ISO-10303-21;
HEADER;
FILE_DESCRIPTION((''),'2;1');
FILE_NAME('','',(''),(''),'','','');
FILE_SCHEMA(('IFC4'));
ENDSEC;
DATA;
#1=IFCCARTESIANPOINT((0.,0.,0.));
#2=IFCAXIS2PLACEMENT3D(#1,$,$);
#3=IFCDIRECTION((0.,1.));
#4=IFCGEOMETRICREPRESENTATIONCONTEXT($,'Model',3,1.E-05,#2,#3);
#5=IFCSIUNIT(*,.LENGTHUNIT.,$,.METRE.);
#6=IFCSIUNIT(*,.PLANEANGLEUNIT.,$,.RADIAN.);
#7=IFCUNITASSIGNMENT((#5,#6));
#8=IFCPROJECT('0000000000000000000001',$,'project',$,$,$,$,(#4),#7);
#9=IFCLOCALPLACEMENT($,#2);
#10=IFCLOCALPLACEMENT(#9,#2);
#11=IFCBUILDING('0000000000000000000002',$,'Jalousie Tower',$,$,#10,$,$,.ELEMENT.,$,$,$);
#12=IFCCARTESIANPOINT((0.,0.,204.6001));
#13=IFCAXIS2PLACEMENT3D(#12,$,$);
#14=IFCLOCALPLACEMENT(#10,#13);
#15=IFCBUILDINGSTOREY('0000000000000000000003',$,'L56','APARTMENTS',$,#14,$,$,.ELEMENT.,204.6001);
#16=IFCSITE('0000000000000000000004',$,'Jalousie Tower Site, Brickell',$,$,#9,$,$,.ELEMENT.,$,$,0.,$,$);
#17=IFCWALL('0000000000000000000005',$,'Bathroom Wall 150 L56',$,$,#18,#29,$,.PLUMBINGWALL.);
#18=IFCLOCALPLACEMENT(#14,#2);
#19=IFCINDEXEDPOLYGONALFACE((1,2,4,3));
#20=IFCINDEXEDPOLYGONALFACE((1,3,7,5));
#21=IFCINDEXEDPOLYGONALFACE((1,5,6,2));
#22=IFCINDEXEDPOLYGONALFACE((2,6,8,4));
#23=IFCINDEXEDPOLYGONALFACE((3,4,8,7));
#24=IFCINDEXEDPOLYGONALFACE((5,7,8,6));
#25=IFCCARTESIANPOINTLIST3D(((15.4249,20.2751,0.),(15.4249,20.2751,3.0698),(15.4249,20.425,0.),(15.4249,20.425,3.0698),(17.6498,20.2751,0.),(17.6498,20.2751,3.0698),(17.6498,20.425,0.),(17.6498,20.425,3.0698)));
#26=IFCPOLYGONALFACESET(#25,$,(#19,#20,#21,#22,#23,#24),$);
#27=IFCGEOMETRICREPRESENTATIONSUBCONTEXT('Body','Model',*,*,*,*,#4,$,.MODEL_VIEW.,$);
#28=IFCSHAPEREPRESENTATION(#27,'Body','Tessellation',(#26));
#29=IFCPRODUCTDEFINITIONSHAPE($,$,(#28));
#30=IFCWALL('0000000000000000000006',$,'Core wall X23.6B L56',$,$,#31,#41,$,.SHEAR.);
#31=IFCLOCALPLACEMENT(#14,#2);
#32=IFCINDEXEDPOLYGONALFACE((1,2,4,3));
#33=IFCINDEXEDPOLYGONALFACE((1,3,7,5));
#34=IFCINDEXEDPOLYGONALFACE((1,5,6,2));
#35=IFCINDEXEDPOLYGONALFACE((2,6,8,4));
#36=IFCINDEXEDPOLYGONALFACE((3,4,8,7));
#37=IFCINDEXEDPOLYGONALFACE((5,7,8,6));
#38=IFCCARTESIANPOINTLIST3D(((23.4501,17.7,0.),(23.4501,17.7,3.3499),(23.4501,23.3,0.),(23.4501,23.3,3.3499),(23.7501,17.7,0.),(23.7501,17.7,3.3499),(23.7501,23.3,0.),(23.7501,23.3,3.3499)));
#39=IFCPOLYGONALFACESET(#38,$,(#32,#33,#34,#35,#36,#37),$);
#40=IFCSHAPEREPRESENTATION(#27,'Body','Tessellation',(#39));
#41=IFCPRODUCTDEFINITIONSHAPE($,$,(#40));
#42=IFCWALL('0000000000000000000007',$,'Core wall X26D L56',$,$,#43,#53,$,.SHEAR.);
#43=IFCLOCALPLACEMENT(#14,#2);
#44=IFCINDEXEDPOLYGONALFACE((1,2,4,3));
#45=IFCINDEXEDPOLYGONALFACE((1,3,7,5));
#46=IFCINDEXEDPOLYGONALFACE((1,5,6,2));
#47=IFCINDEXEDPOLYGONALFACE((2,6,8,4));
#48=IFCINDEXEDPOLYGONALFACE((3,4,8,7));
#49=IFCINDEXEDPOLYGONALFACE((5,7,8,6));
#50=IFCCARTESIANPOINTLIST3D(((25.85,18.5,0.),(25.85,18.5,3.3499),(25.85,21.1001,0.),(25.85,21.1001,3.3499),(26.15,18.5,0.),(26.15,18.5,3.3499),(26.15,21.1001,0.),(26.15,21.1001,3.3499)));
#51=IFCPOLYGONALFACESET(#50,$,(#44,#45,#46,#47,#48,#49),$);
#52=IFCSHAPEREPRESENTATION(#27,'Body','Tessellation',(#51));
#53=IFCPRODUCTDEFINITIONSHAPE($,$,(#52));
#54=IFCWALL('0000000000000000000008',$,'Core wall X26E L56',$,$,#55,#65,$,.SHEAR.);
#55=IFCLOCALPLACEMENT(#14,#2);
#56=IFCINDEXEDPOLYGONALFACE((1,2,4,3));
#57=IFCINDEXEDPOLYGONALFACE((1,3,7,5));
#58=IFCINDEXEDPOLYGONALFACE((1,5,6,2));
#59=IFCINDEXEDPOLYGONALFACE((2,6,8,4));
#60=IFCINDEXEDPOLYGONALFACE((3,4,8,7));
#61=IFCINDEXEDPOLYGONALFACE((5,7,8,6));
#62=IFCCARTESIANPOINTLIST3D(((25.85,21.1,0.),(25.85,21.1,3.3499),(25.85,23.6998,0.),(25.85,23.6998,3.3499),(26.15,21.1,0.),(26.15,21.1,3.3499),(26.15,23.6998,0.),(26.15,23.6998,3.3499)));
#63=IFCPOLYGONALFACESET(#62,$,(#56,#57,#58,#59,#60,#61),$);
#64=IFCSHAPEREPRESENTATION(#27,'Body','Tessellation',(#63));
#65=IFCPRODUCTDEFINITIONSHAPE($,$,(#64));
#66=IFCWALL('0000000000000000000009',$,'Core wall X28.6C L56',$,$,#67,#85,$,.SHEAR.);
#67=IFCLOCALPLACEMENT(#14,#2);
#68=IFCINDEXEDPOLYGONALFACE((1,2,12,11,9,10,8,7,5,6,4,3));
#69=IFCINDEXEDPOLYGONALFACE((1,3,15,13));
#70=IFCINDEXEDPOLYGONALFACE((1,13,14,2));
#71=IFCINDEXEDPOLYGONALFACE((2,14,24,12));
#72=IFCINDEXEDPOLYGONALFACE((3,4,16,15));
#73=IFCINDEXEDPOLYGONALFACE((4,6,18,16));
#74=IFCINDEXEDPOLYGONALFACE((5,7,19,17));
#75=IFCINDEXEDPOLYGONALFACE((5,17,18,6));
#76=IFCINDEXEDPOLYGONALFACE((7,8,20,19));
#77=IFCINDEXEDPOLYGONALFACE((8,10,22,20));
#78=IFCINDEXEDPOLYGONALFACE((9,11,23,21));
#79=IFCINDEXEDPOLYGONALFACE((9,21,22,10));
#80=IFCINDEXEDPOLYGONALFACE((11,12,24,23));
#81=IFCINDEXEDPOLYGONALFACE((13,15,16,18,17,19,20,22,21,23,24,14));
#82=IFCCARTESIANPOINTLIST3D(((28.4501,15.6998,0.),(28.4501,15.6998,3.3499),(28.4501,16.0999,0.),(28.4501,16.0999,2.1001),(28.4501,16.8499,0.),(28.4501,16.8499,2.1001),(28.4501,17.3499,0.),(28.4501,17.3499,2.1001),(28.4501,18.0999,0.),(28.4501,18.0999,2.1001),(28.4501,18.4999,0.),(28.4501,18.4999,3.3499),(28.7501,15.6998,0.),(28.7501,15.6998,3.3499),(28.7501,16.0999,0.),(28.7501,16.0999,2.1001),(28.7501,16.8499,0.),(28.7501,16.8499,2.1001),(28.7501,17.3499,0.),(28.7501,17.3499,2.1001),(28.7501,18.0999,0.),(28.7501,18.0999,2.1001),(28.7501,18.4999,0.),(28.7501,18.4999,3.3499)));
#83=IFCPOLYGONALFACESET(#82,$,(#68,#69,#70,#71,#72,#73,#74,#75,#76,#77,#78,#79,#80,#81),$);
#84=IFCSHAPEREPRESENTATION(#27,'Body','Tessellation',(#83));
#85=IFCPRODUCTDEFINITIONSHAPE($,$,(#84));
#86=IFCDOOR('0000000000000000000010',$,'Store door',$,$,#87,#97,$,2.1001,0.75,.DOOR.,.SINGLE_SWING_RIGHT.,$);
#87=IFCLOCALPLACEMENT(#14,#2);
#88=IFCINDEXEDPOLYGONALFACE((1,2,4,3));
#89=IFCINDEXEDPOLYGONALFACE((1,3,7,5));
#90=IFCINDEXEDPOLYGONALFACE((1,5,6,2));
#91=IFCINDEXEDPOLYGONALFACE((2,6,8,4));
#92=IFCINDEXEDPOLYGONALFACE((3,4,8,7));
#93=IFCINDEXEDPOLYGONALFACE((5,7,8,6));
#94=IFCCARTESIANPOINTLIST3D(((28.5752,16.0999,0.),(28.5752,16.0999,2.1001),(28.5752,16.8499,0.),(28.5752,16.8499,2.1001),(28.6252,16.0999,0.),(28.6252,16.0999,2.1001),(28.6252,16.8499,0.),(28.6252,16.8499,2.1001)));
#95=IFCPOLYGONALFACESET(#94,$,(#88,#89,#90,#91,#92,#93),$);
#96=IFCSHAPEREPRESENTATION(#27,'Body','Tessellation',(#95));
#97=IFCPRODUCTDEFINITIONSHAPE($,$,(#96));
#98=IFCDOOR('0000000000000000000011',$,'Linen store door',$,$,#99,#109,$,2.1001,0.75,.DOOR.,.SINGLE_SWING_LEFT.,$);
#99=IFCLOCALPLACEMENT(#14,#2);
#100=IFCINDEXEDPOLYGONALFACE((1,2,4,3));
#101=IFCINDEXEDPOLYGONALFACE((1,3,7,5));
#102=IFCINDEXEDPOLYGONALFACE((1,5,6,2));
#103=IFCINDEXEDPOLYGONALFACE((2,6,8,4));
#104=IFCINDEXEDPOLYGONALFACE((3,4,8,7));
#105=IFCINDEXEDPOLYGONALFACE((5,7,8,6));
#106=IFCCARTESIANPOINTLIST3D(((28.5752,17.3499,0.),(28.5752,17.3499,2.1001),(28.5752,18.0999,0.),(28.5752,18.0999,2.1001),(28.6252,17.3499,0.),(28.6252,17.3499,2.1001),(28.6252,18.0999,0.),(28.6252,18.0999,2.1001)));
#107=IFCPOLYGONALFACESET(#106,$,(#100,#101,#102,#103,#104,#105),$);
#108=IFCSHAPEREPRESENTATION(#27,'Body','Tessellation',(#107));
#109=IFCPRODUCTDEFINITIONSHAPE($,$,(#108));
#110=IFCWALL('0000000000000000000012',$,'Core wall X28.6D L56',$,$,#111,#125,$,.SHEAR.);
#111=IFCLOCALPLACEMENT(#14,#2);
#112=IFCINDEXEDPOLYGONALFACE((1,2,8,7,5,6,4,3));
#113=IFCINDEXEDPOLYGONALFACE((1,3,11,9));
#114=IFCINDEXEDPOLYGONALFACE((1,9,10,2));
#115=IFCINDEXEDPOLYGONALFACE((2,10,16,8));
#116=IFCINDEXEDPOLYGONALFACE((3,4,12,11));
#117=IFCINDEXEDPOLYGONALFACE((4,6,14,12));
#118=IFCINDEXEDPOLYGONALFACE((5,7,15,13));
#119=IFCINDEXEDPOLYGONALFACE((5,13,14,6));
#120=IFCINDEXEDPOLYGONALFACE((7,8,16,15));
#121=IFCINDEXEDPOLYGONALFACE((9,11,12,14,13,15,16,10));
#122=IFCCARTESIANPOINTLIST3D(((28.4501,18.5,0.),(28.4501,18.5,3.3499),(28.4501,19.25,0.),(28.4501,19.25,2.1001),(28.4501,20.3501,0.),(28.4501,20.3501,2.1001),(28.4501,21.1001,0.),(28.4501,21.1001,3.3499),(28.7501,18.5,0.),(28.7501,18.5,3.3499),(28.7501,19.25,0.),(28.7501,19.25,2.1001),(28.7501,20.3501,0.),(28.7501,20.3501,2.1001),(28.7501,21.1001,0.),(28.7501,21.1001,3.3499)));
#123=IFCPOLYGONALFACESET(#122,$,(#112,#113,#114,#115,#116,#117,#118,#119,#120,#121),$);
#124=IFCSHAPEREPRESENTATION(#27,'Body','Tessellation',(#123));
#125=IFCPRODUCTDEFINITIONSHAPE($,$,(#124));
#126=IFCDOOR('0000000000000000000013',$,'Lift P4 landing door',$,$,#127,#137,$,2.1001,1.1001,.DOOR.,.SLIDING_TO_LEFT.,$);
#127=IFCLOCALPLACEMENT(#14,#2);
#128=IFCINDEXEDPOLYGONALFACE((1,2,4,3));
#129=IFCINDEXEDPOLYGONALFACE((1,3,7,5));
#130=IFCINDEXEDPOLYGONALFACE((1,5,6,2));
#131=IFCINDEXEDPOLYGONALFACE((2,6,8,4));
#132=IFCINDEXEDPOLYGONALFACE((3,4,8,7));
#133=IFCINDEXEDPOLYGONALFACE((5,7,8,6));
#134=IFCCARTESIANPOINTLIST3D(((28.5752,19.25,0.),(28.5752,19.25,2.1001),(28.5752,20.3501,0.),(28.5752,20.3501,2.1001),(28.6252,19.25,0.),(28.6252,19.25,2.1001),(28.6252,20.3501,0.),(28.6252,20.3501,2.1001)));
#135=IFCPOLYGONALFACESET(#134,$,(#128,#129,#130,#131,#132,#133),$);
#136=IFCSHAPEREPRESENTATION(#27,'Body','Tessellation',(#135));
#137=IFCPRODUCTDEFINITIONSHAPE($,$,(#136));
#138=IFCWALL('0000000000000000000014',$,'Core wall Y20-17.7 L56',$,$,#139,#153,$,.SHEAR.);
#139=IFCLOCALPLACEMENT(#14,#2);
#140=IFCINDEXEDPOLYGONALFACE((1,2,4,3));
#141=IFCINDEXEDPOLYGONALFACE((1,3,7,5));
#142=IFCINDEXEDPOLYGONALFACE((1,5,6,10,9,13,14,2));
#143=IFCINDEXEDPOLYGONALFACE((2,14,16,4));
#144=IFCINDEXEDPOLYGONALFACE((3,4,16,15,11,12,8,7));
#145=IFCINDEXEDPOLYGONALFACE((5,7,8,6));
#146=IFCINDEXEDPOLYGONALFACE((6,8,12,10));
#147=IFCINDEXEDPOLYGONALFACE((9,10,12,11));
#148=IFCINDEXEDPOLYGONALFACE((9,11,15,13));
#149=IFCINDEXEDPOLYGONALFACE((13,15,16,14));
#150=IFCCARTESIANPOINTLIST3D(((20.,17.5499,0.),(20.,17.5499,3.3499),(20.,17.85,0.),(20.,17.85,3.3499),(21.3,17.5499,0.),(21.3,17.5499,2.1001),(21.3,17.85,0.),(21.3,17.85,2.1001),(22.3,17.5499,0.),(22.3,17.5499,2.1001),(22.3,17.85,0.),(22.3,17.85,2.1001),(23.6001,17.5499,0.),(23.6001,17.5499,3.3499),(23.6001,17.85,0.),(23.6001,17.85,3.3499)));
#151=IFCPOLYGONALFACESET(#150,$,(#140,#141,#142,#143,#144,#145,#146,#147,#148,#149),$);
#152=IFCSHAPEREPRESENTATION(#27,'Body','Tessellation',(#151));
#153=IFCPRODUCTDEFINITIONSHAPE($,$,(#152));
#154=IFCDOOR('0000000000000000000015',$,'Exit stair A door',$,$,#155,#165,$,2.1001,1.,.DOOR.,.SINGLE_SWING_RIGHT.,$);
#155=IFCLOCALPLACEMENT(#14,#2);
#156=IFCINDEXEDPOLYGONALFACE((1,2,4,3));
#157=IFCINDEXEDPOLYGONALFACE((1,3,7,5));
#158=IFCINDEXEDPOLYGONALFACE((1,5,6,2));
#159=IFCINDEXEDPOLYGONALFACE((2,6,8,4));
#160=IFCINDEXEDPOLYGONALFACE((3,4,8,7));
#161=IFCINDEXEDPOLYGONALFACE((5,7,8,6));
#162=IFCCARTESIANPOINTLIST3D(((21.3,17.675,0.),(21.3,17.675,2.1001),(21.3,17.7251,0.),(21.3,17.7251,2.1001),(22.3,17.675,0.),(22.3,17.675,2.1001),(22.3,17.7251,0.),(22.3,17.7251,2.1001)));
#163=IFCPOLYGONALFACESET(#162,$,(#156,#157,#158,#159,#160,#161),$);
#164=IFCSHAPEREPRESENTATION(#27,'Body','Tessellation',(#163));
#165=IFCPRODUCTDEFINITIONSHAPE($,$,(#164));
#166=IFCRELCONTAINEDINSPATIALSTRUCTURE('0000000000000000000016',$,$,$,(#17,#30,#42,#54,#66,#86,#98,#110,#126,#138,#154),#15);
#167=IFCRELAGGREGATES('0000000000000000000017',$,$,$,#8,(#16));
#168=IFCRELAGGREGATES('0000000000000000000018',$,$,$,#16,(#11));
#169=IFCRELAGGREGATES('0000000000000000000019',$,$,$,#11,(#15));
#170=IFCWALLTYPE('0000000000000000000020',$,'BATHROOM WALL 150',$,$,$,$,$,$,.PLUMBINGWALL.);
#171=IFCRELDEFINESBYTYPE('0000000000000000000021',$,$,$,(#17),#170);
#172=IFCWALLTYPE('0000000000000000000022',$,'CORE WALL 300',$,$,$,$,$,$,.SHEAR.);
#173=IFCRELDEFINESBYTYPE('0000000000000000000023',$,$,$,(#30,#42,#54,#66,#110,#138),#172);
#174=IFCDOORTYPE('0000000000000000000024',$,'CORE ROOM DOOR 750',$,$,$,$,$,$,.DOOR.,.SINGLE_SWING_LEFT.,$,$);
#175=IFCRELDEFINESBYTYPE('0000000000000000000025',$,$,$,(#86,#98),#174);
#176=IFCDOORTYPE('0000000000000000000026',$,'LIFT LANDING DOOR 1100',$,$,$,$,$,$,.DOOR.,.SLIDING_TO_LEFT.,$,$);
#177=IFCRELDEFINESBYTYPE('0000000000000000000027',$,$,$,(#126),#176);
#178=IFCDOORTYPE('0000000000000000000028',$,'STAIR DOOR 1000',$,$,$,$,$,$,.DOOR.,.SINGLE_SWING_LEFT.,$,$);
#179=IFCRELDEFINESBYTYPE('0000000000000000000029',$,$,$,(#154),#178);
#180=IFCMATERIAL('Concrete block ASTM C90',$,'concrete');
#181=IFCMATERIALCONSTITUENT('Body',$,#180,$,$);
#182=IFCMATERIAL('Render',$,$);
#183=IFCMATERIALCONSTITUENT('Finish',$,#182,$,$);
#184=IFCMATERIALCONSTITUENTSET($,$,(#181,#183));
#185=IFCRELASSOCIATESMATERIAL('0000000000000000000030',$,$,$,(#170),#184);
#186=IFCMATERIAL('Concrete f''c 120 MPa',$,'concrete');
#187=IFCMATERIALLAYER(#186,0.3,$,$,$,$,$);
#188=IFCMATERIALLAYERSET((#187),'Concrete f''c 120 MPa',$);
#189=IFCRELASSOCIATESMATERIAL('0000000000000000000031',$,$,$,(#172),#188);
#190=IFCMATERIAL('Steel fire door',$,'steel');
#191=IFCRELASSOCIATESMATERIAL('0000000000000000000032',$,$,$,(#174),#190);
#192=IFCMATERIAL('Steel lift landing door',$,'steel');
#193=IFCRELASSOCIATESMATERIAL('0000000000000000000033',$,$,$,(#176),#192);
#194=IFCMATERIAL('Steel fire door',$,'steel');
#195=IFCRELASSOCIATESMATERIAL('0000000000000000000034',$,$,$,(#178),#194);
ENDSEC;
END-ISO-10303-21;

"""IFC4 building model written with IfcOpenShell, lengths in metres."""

from ifc_helpers import new_model, si_unit, direction, frame, frame_2d, origin, place, context, subcontext, project, spatial, rectangle, extrude, material, layer, layer_set, constituent, constituent_set, type_object, element, fill, save


model = new_model("IFC4")

# Units and contexts
model_context = context("Model", 3, precision=1e-05, world=origin(), true_north=direction((0.0, 1.0)))
body_context = subcontext(model_context, "Body", "Model", "MODEL_VIEW")
ifc_project = project(units=[si_unit("LENGTHUNIT", "METRE"), si_unit("PLANEANGLEUNIT", "RADIAN")], contexts=[model_context])

# Site, building, storey
site_placement = place(None, origin())
site = spatial("IfcSite", under=ifc_project, at=site_placement, Name="Jalousie Tower Site, Brickell", CompositionType="ELEMENT", RefElevation=0.0)
building_placement = place(site_placement, origin())
building = spatial("IfcBuilding", under=site, at=building_placement, Name="Jalousie Tower", CompositionType="ELEMENT")
storey_placement = place(building_placement, frame((0.0, 0.0, 204.6001)))
storey = spatial("IfcBuildingStorey", under=building, at=storey_placement, Name="L56", Description="APARTMENTS", CompositionType="ELEMENT", Elevation=204.6001)

# Walls
ifc_material_1 = material(Name="Concrete block ASTM C90", Category="concrete")
ifc_constituent_1 = constituent(ifc_material_1, Name="Body")
ifc_material_2 = material(Name="Render")
ifc_constituent_2 = constituent(ifc_material_2, Name="Finish")
ifc_constituent_set_1 = constituent_set(constituents=[ifc_constituent_1, ifc_constituent_2])
wall_type_1 = type_object("IfcWallType", Name="BATHROOM WALL 150", PredefinedType="PLUMBINGWALL", material=ifc_constituent_set_1)
wall_1_placement = place(storey_placement, frame((15.425, 20.3501, 0.0), z_axis=(0.0, 0.0, 1.0), x_axis=(1.0, 0.0, 0.0)))
element("IfcWall", 1, at=wall_1_placement, inside=storey, type_object=wall_type_1, Name="Bathroom Wall 150 L56", PredefinedType="PLUMBINGWALL", context=body_context, shape_type="SweptSolid", body=[
    extrude(rectangle(XDim=2.2249, YDim=0.1499, at=frame_2d((1.1123, 0.0))), origin(), (0.0, 0.0, 1.0), 3.0698),
])
ifc_material_3 = material(Name="Concrete f'c 120 MPa", Category="concrete")
ifc_layer_1 = layer(ifc_material_3, 0.3)
ifc_layer_set_1 = layer_set([ifc_layer_1], Name="Concrete f'c 120 MPa")
wall_type_2 = type_object("IfcWallType", Name="CORE WALL 300", PredefinedType="SHEAR", material=ifc_layer_set_1)
wall_2_placement = place(storey_placement, frame((23.6001, 17.7, 0.0), z_axis=(0.0, 0.0, 1.0), x_axis=(0.0, 1.0, 0.0)))
element("IfcWall", 2, at=wall_2_placement, inside=storey, type_object=wall_type_2, Name="Core wall X23.6B L56", PredefinedType="SHEAR", context=body_context, shape_type="SweptSolid", body=[
    extrude(rectangle(XDim=5.6001, YDim=0.3, at=frame_2d((2.8, 0.0))), origin(), (0.0, 0.0, 1.0), 3.3499),
])
wall_3_placement = place(storey_placement, frame((26.0, 18.5, 0.0), z_axis=(0.0, 0.0, 1.0), x_axis=(0.0, 1.0, 0.0)))
element("IfcWall", 3, at=wall_3_placement, inside=storey, type_object=wall_type_2, Name="Core wall X26D L56", PredefinedType="SHEAR", context=body_context, shape_type="SweptSolid", body=[
    extrude(rectangle(XDim=2.6001, YDim=0.3, at=frame_2d((1.3, 0.0))), origin(), (0.0, 0.0, 1.0), 3.3499),
])
wall_4_placement = place(storey_placement, frame((26.0, 21.1001, 0.0), z_axis=(0.0, 0.0, 1.0), x_axis=(0.0, 1.0, 0.0)))
element("IfcWall", 4, at=wall_4_placement, inside=storey, type_object=wall_type_2, Name="Core wall X26E L56", PredefinedType="SHEAR", context=body_context, shape_type="SweptSolid", body=[
    extrude(rectangle(XDim=2.5999, YDim=0.3, at=frame_2d((1.2998, 0.0))), origin(), (0.0, 0.0, 1.0), 3.3499),
])

# Wall, openings, doors
wall_5_placement = place(storey_placement, frame((28.6001, 15.7, 0.0), z_axis=(0.0, 0.0, 1.0), x_axis=(0.0, 1.0, 0.0)))
wall_5 = element("IfcWall", 5, at=wall_5_placement, inside=storey, type_object=wall_type_2, Name="Core wall X28.6C L56", PredefinedType="SHEAR", context=body_context, shape_type="SweptSolid", body=[
    extrude(rectangle(XDim=2.8, YDim=0.3, at=frame_2d((1.3999, 0.0))), origin(), (0.0, 0.0, 1.0), 3.3499),
])
opening_1_placement = place(wall_5_placement, frame((0.3999, 0.0, 0.0)))
opening_1 = element("IfcOpeningElement", 6, at=opening_1_placement, cuts=wall_5, PredefinedType="OPENING", context=body_context, shape_type="SweptSolid", body=[
    extrude(rectangle(XDim=0.75, YDim=2.1001, at=frame_2d((0.375, 1.05))), frame((0.0, 0.1599, 0.0), z_axis=(0.0, -1.0, 0.0), x_axis=(1.0, 0.0, 0.0)), (0.0, 0.0, 1.0), 0.3201),
])
opening_2_placement = place(wall_5_placement, frame((1.6499, 0.0, 0.0)))
opening_2 = element("IfcOpeningElement", 7, at=opening_2_placement, cuts=wall_5, PredefinedType="OPENING", context=body_context, shape_type="SweptSolid", body=[
    extrude(rectangle(XDim=0.75, YDim=2.1001, at=frame_2d((0.375, 1.05))), frame((0.0, 0.1599, 0.0), z_axis=(0.0, -1.0, 0.0), x_axis=(1.0, 0.0, 0.0)), (0.0, 0.0, 1.0), 0.3201),
])
ifc_material_4 = material(Name="Steel fire door", Category="steel")
door_type_1 = type_object("IfcDoorType", Name="CORE ROOM DOOR 750", OperationType="SINGLE_SWING_LEFT", PredefinedType="DOOR", material=ifc_material_4)
door_1_placement = place(opening_1_placement, origin())
door_1 = element("IfcDoor", 8, at=door_1_placement, inside=storey, type_object=door_type_1, Name="Store door", OperationType="SINGLE_SWING_RIGHT", OverallHeight=2.1001, OverallWidth=0.75, PredefinedType="DOOR", context=body_context, shape_type="SweptSolid", body=[
    extrude(rectangle(XDim=0.75, YDim=2.1001, at=frame_2d((0.375, 1.05))), frame((0.0, 0.0249, 0.0), z_axis=(0.0, -1.0, 0.0), x_axis=(1.0, 0.0, 0.0)), (0.0, 0.0, 1.0), 0.05),
])
fill(opening_1, door_1)
door_2_placement = place(opening_2_placement, origin())
door_2 = element("IfcDoor", 9, at=door_2_placement, inside=storey, type_object=door_type_1, Name="Linen store door", OperationType="SINGLE_SWING_LEFT", OverallHeight=2.1001, OverallWidth=0.75, PredefinedType="DOOR", context=body_context, shape_type="SweptSolid", body=[
    extrude(rectangle(XDim=0.75, YDim=2.1001, at=frame_2d((0.375, 1.05))), frame((0.0, 0.0249, 0.0), z_axis=(0.0, -1.0, 0.0), x_axis=(1.0, 0.0, 0.0)), (0.0, 0.0, 1.0), 0.05),
])
fill(opening_2, door_2)

# Walls, openings, doors
wall_6_placement = place(storey_placement, frame((28.6001, 18.5, 0.0), z_axis=(0.0, 0.0, 1.0), x_axis=(0.0, 1.0, 0.0)))
wall_6 = element("IfcWall", 10, at=wall_6_placement, inside=storey, type_object=wall_type_2, Name="Core wall X28.6D L56", PredefinedType="SHEAR", context=body_context, shape_type="SweptSolid", body=[
    extrude(rectangle(XDim=2.6001, YDim=0.3, at=frame_2d((1.3, 0.0))), origin(), (0.0, 0.0, 1.0), 3.3499),
])
opening_3_placement = place(wall_6_placement, frame((0.75, 0.0, 0.0)))
opening_3 = element("IfcOpeningElement", 11, at=opening_3_placement, cuts=wall_6, PredefinedType="OPENING", context=body_context, shape_type="SweptSolid", body=[
    extrude(rectangle(XDim=1.1001, YDim=2.1001, at=frame_2d((0.55, 1.05))), frame((0.0, 0.1599, 0.0), z_axis=(0.0, -1.0, 0.0), x_axis=(1.0, 0.0, 0.0)), (0.0, 0.0, 1.0), 0.3201),
])
ifc_material_5 = material(Name="Steel lift landing door", Category="steel")
door_type_2 = type_object("IfcDoorType", Name="LIFT LANDING DOOR 1100", OperationType="SLIDING_TO_LEFT", PredefinedType="DOOR", material=ifc_material_5)
door_3_placement = place(opening_3_placement, origin())
door_3 = element("IfcDoor", 12, at=door_3_placement, inside=storey, type_object=door_type_2, Name="Lift P4 landing door", OperationType="SLIDING_TO_LEFT", OverallHeight=2.1001, OverallWidth=1.1001, PredefinedType="DOOR", context=body_context, shape_type="SweptSolid", body=[
    extrude(rectangle(XDim=1.1001, YDim=2.1001, at=frame_2d((0.55, 1.05))), frame((0.0, 0.0249, 0.0), z_axis=(0.0, -1.0, 0.0), x_axis=(1.0, 0.0, 0.0)), (0.0, 0.0, 1.0), 0.05),
])
fill(opening_3, door_3)
wall_7_placement = place(storey_placement, frame((20.0, 17.7, 0.0), z_axis=(0.0, 0.0, 1.0), x_axis=(1.0, 0.0, 0.0)))
wall_7 = element("IfcWall", 13, at=wall_7_placement, inside=storey, type_object=wall_type_2, Name="Core wall Y20-17.7 L56", PredefinedType="SHEAR", context=body_context, shape_type="SweptSolid", body=[
    extrude(rectangle(XDim=3.6001, YDim=0.3, at=frame_2d((1.8, 0.0))), origin(), (0.0, 0.0, 1.0), 3.3499),
])
opening_4_placement = place(wall_7_placement, frame((1.3, 0.0, 0.0)))
opening_4 = element("IfcOpeningElement", 14, at=opening_4_placement, cuts=wall_7, PredefinedType="OPENING", context=body_context, shape_type="SweptSolid", body=[
    extrude(rectangle(XDim=1.0, YDim=2.1001, at=frame_2d((0.5, 1.05))), frame((0.0, 0.1599, 0.0), z_axis=(0.0, -1.0, 0.0), x_axis=(1.0, 0.0, 0.0)), (0.0, 0.0, 1.0), 0.3201),
])
ifc_material_6 = material(Name="Steel fire door", Category="steel")
door_type_3 = type_object("IfcDoorType", Name="STAIR DOOR 1000", OperationType="SINGLE_SWING_LEFT", PredefinedType="DOOR", material=ifc_material_6)
door_4_placement = place(opening_4_placement, frame((1.0, 0.0, 0.0), z_axis=(0.0, 0.0, 1.0), x_axis=(-1.0, 0.0, 0.0)))
door_4 = element("IfcDoor", 15, at=door_4_placement, inside=storey, type_object=door_type_3, Name="Exit stair A door", OperationType="SINGLE_SWING_RIGHT", OverallHeight=2.1001, OverallWidth=1.0, PredefinedType="DOOR", context=body_context, shape_type="SweptSolid", body=[
    extrude(rectangle(XDim=1.0, YDim=2.1001, at=frame_2d((0.5, 1.05))), frame((0.0, 0.0249, 0.0), z_axis=(0.0, -1.0, 0.0), x_axis=(1.0, 0.0, 0.0)), (0.0, 0.0, 1.0), 0.05),
])
fill(opening_4, door_4)

save(model, "model.ifc")
